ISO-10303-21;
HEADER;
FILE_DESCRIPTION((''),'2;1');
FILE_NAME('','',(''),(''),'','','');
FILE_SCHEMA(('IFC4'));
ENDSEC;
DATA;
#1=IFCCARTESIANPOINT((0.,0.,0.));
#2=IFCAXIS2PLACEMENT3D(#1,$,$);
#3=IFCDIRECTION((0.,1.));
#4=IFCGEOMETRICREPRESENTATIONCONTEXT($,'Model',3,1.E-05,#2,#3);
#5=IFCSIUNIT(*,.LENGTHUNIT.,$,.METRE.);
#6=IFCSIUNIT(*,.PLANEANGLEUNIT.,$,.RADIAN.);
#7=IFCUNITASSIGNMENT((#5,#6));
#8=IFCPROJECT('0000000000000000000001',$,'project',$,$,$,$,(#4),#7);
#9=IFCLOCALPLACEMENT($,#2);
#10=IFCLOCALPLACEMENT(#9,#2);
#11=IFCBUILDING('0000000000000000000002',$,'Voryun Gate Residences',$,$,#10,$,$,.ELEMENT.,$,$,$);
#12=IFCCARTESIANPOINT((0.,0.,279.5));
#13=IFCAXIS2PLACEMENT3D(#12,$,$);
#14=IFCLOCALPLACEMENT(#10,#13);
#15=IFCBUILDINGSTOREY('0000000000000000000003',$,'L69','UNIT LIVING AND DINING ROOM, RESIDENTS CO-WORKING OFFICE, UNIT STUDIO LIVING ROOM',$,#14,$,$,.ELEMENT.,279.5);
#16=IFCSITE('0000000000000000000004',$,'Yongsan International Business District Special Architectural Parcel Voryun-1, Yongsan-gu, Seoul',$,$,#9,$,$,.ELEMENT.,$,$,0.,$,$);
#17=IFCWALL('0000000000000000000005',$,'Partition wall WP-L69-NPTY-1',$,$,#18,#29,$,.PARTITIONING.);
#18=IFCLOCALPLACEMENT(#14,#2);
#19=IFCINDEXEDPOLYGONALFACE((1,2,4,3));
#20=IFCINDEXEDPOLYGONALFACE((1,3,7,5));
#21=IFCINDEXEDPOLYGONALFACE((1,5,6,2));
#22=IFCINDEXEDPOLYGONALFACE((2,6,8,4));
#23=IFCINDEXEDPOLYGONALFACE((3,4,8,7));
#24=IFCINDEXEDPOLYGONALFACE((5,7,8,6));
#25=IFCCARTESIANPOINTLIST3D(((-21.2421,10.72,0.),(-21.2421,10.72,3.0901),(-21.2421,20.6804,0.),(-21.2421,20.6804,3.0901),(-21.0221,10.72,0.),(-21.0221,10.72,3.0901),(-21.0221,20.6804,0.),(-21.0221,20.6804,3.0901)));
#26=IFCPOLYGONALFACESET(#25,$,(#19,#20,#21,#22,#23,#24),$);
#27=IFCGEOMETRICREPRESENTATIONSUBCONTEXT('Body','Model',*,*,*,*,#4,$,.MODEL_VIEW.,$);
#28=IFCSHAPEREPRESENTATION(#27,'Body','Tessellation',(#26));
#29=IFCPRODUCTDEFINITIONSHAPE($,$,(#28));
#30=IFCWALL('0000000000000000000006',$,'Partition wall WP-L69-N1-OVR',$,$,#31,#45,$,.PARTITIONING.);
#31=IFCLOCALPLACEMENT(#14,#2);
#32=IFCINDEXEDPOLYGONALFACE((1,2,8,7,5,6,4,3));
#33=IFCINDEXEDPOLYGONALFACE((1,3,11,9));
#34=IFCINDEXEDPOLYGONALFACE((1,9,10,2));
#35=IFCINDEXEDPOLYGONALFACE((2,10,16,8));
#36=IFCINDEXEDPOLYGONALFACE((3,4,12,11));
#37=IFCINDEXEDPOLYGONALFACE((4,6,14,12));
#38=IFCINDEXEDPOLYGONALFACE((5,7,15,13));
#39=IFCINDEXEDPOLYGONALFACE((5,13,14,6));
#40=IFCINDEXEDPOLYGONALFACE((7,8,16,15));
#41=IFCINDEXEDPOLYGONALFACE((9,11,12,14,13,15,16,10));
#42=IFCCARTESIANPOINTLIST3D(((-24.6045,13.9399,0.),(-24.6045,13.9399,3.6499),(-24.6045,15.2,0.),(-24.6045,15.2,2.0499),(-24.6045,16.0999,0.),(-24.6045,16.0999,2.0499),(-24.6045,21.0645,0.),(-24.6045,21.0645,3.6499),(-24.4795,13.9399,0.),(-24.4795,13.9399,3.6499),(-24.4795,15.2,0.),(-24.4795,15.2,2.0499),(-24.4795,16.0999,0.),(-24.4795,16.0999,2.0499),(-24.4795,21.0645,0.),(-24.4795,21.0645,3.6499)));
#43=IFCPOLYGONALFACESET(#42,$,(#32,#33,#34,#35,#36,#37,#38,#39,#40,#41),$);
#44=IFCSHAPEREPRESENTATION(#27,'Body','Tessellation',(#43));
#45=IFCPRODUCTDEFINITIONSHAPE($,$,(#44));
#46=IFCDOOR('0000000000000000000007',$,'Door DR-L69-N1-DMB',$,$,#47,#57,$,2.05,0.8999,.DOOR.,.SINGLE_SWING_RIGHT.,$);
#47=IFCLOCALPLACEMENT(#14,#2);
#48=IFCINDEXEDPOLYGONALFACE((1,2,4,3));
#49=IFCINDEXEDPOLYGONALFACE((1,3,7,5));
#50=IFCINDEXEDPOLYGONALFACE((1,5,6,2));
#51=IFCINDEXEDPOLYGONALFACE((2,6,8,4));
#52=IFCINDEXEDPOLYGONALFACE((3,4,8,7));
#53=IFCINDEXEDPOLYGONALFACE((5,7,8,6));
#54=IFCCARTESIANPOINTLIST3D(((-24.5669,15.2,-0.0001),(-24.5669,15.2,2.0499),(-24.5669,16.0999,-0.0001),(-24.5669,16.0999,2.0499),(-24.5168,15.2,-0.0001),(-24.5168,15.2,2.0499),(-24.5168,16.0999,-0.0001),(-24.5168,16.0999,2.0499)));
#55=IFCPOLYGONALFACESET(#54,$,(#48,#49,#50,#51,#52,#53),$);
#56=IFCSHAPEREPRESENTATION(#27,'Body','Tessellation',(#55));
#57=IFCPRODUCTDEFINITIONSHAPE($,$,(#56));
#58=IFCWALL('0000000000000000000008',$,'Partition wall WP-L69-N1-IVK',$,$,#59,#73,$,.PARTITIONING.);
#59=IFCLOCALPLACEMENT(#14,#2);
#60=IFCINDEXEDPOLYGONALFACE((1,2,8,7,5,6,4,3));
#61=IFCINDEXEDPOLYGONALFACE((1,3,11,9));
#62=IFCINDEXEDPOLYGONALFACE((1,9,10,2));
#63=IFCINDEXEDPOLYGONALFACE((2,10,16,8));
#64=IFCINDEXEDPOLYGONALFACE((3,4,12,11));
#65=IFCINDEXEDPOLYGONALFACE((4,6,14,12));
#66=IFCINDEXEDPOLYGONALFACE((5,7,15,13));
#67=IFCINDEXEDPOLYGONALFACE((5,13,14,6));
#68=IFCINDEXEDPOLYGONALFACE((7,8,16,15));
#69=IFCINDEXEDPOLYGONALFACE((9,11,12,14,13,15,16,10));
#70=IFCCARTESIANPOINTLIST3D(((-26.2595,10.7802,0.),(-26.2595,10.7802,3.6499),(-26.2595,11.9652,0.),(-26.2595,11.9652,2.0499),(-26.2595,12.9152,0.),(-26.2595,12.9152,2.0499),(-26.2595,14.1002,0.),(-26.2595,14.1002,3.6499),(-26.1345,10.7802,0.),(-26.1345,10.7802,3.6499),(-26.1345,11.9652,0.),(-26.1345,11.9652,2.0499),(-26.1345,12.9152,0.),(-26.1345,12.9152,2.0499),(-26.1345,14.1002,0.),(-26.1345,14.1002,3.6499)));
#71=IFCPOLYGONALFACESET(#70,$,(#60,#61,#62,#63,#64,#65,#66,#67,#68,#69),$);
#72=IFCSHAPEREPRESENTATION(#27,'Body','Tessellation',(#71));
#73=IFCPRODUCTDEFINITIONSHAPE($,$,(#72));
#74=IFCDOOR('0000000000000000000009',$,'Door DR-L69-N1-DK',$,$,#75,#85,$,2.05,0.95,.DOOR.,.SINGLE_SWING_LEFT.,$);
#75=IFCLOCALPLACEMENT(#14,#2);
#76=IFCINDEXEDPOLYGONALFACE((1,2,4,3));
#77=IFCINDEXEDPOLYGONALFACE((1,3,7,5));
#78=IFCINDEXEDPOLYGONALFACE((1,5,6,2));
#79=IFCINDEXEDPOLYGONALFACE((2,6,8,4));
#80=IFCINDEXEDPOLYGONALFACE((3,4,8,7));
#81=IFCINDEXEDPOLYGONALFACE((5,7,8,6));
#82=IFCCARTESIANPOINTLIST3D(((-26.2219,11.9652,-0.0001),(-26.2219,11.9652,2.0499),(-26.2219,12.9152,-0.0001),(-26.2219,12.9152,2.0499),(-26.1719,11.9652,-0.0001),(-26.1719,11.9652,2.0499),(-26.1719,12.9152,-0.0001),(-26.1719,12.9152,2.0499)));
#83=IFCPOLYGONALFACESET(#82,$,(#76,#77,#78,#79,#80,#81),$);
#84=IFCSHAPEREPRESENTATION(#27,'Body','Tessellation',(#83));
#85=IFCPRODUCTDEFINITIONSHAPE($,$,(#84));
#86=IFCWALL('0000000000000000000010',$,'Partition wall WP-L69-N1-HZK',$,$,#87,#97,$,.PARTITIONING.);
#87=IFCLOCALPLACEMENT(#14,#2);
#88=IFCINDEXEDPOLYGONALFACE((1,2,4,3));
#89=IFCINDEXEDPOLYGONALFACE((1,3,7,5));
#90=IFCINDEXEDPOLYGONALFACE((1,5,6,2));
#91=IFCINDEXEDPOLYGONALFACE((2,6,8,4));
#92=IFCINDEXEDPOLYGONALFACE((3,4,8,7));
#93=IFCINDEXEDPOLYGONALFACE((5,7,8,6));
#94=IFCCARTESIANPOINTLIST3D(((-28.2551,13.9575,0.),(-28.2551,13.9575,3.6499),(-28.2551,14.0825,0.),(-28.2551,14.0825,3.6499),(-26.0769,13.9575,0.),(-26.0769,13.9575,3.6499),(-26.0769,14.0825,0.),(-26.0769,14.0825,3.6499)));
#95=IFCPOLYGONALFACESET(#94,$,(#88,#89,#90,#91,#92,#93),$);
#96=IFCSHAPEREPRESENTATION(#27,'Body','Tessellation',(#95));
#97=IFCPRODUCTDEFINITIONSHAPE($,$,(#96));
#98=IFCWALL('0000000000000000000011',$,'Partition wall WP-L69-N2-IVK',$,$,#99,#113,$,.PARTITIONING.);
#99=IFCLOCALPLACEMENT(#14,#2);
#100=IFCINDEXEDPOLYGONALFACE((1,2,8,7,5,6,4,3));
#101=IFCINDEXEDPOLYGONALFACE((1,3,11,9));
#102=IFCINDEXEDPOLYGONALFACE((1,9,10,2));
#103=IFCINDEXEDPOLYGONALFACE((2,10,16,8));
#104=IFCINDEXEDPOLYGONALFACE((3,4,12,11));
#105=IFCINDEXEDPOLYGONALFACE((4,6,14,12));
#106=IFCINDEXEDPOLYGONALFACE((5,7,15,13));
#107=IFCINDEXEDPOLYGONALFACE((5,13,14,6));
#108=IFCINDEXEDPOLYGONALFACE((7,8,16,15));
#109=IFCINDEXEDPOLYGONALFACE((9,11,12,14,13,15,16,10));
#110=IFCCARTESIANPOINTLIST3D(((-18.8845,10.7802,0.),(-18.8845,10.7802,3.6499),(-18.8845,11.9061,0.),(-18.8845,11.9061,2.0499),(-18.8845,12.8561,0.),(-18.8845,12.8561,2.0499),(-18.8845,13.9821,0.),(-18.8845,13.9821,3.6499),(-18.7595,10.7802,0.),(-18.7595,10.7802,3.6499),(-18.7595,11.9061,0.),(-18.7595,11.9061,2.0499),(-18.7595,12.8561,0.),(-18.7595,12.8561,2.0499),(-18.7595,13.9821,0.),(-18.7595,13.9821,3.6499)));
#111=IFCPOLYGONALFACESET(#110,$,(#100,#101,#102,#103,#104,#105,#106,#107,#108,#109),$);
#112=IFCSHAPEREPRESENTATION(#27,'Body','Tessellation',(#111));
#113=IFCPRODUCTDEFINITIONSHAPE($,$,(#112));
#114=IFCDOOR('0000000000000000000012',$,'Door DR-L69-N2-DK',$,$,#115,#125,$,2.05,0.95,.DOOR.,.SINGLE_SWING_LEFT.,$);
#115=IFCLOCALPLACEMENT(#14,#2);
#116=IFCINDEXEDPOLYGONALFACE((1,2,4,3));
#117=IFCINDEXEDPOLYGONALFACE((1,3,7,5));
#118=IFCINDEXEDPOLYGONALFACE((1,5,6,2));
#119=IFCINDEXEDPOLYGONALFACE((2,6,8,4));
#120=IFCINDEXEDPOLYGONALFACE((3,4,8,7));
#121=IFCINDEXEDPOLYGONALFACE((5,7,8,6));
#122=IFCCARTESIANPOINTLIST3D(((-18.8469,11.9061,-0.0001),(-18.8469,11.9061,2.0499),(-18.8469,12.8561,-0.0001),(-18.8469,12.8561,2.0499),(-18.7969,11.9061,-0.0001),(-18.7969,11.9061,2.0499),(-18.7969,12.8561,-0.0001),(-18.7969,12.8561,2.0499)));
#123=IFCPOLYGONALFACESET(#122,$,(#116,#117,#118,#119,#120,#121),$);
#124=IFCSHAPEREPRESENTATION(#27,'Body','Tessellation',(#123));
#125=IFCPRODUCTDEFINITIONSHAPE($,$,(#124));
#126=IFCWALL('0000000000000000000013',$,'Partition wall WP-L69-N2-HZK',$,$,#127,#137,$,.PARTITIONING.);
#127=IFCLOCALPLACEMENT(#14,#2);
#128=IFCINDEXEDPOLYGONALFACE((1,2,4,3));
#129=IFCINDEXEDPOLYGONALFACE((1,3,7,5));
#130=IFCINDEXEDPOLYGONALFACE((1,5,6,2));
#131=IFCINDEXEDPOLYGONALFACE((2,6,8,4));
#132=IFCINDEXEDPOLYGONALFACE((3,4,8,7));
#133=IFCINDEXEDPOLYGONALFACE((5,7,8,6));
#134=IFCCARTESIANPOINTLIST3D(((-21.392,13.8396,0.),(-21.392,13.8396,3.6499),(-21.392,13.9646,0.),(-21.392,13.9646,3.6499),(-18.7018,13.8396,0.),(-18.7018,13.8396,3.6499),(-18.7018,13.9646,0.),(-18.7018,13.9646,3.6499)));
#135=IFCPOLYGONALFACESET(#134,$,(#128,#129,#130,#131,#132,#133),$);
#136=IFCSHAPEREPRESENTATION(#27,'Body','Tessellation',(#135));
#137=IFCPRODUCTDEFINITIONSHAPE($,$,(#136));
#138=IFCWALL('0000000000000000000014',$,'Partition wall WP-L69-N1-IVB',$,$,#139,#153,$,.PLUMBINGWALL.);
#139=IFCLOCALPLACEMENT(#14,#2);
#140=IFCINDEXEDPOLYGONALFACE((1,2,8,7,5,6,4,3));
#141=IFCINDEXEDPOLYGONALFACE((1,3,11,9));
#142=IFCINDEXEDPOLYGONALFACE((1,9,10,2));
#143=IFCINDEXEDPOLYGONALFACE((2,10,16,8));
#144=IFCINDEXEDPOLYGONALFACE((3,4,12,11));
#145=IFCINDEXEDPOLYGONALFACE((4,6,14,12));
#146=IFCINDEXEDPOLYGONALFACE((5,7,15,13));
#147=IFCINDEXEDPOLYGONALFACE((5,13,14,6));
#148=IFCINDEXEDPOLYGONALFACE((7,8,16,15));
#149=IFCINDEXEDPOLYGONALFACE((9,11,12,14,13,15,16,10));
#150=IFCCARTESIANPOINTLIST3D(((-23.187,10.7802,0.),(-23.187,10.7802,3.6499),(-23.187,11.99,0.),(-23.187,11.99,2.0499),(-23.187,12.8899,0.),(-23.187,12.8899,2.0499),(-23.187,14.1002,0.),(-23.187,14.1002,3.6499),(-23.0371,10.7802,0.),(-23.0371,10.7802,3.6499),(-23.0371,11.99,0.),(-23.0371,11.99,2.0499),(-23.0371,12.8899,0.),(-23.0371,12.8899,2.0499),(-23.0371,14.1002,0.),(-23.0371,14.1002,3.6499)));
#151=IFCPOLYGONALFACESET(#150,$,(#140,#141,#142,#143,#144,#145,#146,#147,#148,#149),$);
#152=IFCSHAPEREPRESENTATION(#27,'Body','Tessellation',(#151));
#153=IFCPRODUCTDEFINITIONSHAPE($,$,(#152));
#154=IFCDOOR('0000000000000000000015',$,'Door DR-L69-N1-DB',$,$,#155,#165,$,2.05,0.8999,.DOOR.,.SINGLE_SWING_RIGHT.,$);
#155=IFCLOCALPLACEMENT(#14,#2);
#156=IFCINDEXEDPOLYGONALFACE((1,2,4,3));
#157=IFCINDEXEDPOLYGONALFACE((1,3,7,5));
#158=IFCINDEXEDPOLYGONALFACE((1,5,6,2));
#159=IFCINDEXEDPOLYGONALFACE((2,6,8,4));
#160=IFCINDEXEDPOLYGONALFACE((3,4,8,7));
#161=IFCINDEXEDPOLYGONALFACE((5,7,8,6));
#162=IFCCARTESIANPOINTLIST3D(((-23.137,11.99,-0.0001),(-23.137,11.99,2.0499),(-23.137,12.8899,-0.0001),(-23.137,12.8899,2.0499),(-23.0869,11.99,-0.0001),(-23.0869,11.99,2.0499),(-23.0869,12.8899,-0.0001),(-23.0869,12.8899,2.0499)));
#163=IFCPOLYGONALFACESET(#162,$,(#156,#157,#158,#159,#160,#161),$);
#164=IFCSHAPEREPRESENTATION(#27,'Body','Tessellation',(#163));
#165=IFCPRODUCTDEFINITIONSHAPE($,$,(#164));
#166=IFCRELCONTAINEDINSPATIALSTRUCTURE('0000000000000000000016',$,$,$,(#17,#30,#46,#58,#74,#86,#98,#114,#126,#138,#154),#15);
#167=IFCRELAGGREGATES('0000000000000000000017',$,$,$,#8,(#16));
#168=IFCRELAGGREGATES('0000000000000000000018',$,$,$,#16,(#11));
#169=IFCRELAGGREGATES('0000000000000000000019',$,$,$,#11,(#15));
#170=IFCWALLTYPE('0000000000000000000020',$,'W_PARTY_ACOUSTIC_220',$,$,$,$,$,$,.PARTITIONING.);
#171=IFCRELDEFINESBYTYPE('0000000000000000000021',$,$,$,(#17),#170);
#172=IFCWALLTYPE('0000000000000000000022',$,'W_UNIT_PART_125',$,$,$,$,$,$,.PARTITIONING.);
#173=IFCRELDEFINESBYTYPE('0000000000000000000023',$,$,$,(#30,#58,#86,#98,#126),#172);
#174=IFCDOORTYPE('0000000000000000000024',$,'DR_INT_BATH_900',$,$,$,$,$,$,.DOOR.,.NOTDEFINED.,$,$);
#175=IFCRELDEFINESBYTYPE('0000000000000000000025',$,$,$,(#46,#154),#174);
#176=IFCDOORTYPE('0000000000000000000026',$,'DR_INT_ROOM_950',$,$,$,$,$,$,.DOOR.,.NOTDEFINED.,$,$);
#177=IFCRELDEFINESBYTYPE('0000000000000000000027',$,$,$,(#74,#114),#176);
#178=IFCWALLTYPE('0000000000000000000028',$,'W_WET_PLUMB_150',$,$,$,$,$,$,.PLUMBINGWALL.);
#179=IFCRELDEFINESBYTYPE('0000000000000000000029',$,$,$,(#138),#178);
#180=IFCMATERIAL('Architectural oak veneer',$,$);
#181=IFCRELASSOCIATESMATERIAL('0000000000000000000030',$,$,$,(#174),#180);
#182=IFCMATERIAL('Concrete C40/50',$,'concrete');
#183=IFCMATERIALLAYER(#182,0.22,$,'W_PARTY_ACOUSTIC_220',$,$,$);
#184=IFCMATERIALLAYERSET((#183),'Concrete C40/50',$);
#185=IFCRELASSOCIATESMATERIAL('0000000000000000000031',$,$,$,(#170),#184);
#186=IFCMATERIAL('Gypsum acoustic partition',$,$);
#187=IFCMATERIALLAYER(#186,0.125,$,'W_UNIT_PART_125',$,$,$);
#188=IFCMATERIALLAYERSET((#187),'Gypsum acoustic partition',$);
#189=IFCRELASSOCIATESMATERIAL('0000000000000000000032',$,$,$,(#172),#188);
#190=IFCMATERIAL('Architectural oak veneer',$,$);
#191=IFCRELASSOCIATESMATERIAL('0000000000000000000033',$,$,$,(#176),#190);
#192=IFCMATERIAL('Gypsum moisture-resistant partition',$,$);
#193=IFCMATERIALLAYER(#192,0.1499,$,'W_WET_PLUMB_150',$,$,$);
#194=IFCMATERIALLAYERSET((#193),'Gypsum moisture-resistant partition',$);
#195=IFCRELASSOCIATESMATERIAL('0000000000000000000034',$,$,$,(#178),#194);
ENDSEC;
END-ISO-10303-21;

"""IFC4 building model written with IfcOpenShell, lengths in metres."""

from ifc_helpers import new_model, si_unit, direction, frame, frame_2d, origin, place, context, subcontext, project, spatial, rectangle, extrude, material, layer, layer_set, type_object, element, fill, save


model = new_model("IFC4")

# Units and contexts
model_context = context("Model", 3, precision=1e-05, world=origin(), true_north=direction((0.0, 1.0)))
body_context = subcontext(model_context, "Body", "Model", "MODEL_VIEW")
ifc_project = project(units=[si_unit("LENGTHUNIT", "METRE"), si_unit("PLANEANGLEUNIT", "RADIAN")], contexts=[model_context])

# Site, building, storey
site_placement = place(None, origin())
site = spatial("IfcSite", under=ifc_project, at=site_placement, Name="Yongsan International Business District Special Architectural Parcel Voryun-1, Yongsan-gu, Seoul", CompositionType="ELEMENT", RefElevation=0.0)
building_placement = place(site_placement, origin())
building = spatial("IfcBuilding", under=site, at=building_placement, Name="Voryun Gate Residences", CompositionType="ELEMENT")
storey_placement = place(building_placement, frame((0.0, 0.0, 279.5)))
storey = spatial("IfcBuildingStorey", under=building, at=storey_placement, Name="L69", Description="UNIT LIVING AND DINING ROOM, RESIDENTS CO-WORKING OFFICE, UNIT STUDIO LIVING ROOM", CompositionType="ELEMENT", Elevation=279.5)

# Shared definitions
ifc_material_1 = material(Name="Architectural oak veneer")
door_type_1 = type_object("IfcDoorType", Name="DR_INT_BATH_900", OperationType="NOTDEFINED", PredefinedType="DOOR", material=ifc_material_1)

# Wall
ifc_material_2 = material(Name="Concrete C40/50", Category="concrete")
ifc_layer_1 = layer(ifc_material_2, 0.22, Name="W_PARTY_ACOUSTIC_220")
ifc_layer_set_1 = layer_set([ifc_layer_1], Name="Concrete C40/50")
wall_type_1 = type_object("IfcWallType", Name="W_PARTY_ACOUSTIC_220", PredefinedType="PARTITIONING", material=ifc_layer_set_1)
wall_1_placement = place(storey_placement, frame((-21.1321, 10.72, 0.0), z_axis=(0.0, 0.0, 1.0), x_axis=(0.0, 1.0, 0.0)))
element("IfcWall", 1, at=wall_1_placement, inside=storey, type_object=wall_type_1, Name="Partition wall WP-L69-NPTY-1", PredefinedType="PARTITIONING", context=body_context, shape_type="SweptSolid", body=[
    extrude(rectangle(XDim=9.9604, YDim=0.22, at=frame_2d((4.9802, 0.0))), origin(), (0.0, 0.0, 1.0), 3.0901),
])

# Walls, openings, doors
ifc_material_3 = material(Name="Gypsum acoustic partition")
ifc_layer_2 = layer(ifc_material_3, 0.125, Name="W_UNIT_PART_125")
ifc_layer_set_2 = layer_set([ifc_layer_2], Name="Gypsum acoustic partition")
wall_type_2 = type_object("IfcWallType", Name="W_UNIT_PART_125", PredefinedType="PARTITIONING", material=ifc_layer_set_2)
wall_2_placement = place(storey_placement, frame((-24.542, 13.9399, 0.0), z_axis=(0.0, 0.0, 1.0), x_axis=(0.0, 1.0, 0.0)))
wall_2 = element("IfcWall", 2, at=wall_2_placement, inside=storey, type_object=wall_type_2, Name="Partition wall WP-L69-N1-OVR", PredefinedType="PARTITIONING", context=body_context, shape_type="SweptSolid", body=[
    extrude(rectangle(XDim=7.1245, YDim=0.125, at=frame_2d((3.5623, 0.0))), origin(), (0.0, 0.0, 1.0), 3.6499),
])
opening_1_placement = place(wall_2_placement, frame((1.26, 0.0, 0.0)))
opening_1 = element("IfcOpeningElement", 3, at=opening_1_placement, cuts=wall_2, PredefinedType="OPENING", context=body_context, shape_type="SweptSolid", body=[
    extrude(rectangle(XDim=0.8999, YDim=2.05, at=frame_2d((0.45, 1.0249))), frame((0.0, 0.0725, 0.0), z_axis=(0.0, -1.0, 0.0), x_axis=(1.0, 0.0, 0.0)), (0.0, 0.0, 1.0), 0.145),
])
door_1_placement = place(opening_1_placement, origin())
door_1 = element("IfcDoor", 4, at=door_1_placement, inside=storey, type_object=door_type_1, Name="Door DR-L69-N1-DMB", OperationType="SINGLE_SWING_RIGHT", OverallHeight=2.05, OverallWidth=0.8999, PredefinedType="DOOR", context=body_context, shape_type="SweptSolid", body=[
    extrude(rectangle(XDim=0.8999, YDim=2.05, at=frame_2d((0.45, 1.0249))), frame((0.0, 0.0249, 0.0), z_axis=(0.0, -1.0, 0.0), x_axis=(1.0, 0.0, 0.0)), (0.0, 0.0, 1.0), 0.05),
])
fill(opening_1, door_1)
wall_3_placement = place(storey_placement, frame((-26.197, 10.78, 0.0), z_axis=(0.0, 0.0, 1.0), x_axis=(0.0, 1.0, 0.0)))
wall_3 = element("IfcWall", 5, at=wall_3_placement, inside=storey, type_object=wall_type_2, Name="Partition wall WP-L69-N1-IVK", PredefinedType="PARTITIONING", context=body_context, shape_type="SweptSolid", body=[
    extrude(rectangle(XDim=3.3201, YDim=0.125, at=frame_2d((1.6602, 0.0))), origin(), (0.0, 0.0, 1.0), 3.6499),
])
opening_2_placement = place(wall_3_placement, frame((1.1851, 0.0, 0.0)))
opening_2 = element("IfcOpeningElement", 6, at=opening_2_placement, cuts=wall_3, PredefinedType="OPENING", context=body_context, shape_type="SweptSolid", body=[
    extrude(rectangle(XDim=0.95, YDim=2.05, at=frame_2d((0.4751, 1.0249))), frame((0.0, 0.0725, 0.0), z_axis=(0.0, -1.0, 0.0), x_axis=(1.0, 0.0, 0.0)), (0.0, 0.0, 1.0), 0.145),
])
ifc_material_4 = material(Name="Architectural oak veneer")
door_type_2 = type_object("IfcDoorType", Name="DR_INT_ROOM_950", OperationType="NOTDEFINED", PredefinedType="DOOR", material=ifc_material_4)
door_2_placement = place(opening_2_placement, origin())
door_2 = element("IfcDoor", 7, at=door_2_placement, inside=storey, type_object=door_type_2, Name="Door DR-L69-N1-DK", OperationType="SINGLE_SWING_LEFT", OverallHeight=2.05, OverallWidth=0.95, PredefinedType="DOOR", context=body_context, shape_type="SweptSolid", body=[
    extrude(rectangle(XDim=0.95, YDim=2.05, at=frame_2d((0.4751, 1.0249))), frame((0.0, 0.0249, 0.0), z_axis=(0.0, -1.0, 0.0), x_axis=(1.0, 0.0, 0.0)), (0.0, 0.0, 1.0), 0.05),
])
fill(opening_2, door_2)

# Wall
wall_4_placement = place(storey_placement, frame((-28.2551, 14.02, 0.0), z_axis=(0.0, 0.0, 1.0), x_axis=(1.0, 0.0, 0.0)))
element("IfcWall", 8, at=wall_4_placement, inside=storey, type_object=wall_type_2, Name="Partition wall WP-L69-N1-HZK", PredefinedType="PARTITIONING", context=body_context, shape_type="SweptSolid", body=[
    extrude(rectangle(XDim=2.1782, YDim=0.125, at=frame_2d((1.0891, 0.0))), origin(), (0.0, 0.0, 1.0), 3.6499),
])

# Wall, opening, door
wall_5_placement = place(storey_placement, frame((-18.822, 10.78, 0.0), z_axis=(0.0, 0.0, 1.0), x_axis=(0.0, 1.0, 0.0)))
wall_5 = element("IfcWall", 9, at=wall_5_placement, inside=storey, type_object=wall_type_2, Name="Partition wall WP-L69-N2-IVK", PredefinedType="PARTITIONING", context=body_context, shape_type="SweptSolid", body=[
    extrude(rectangle(XDim=3.2019, YDim=0.125, at=frame_2d((1.6011, 0.0))), origin(), (0.0, 0.0, 1.0), 3.6499),
])
opening_3_placement = place(wall_5_placement, frame((1.126, 0.0, 0.0)))
opening_3 = element("IfcOpeningElement", 10, at=opening_3_placement, cuts=wall_5, PredefinedType="OPENING", context=body_context, shape_type="SweptSolid", body=[
    extrude(rectangle(XDim=0.95, YDim=2.05, at=frame_2d((0.4751, 1.0249))), frame((0.0, 0.0725, 0.0), z_axis=(0.0, -1.0, 0.0), x_axis=(1.0, 0.0, 0.0)), (0.0, 0.0, 1.0), 0.145),
])
door_3_placement = place(opening_3_placement, origin())
door_3 = element("IfcDoor", 11, at=door_3_placement, inside=storey, type_object=door_type_2, Name="Door DR-L69-N2-DK", OperationType="SINGLE_SWING_LEFT", OverallHeight=2.05, OverallWidth=0.95, PredefinedType="DOOR", context=body_context, shape_type="SweptSolid", body=[
    extrude(rectangle(XDim=0.95, YDim=2.05, at=frame_2d((0.4751, 1.0249))), frame((0.0, 0.0249, 0.0), z_axis=(0.0, -1.0, 0.0), x_axis=(1.0, 0.0, 0.0)), (0.0, 0.0, 1.0), 0.05),
])
fill(opening_3, door_3)

# Wall
wall_6_placement = place(storey_placement, frame((-21.3921, 13.9021, 0.0), z_axis=(0.0, 0.0, 1.0), x_axis=(1.0, 0.0, 0.0)))
element("IfcWall", 12, at=wall_6_placement, inside=storey, type_object=wall_type_2, Name="Partition wall WP-L69-N2-HZK", PredefinedType="PARTITIONING", context=body_context, shape_type="SweptSolid", body=[
    extrude(rectangle(XDim=2.6902, YDim=0.125, at=frame_2d((1.3452, 0.0))), origin(), (0.0, 0.0, 1.0), 3.6499),
])

# Wall, opening, door
ifc_material_5 = material(Name="Gypsum moisture-resistant partition")
ifc_layer_3 = layer(ifc_material_5, 0.1499, Name="W_WET_PLUMB_150")
ifc_layer_set_3 = layer_set([ifc_layer_3], Name="Gypsum moisture-resistant partition")
wall_type_3 = type_object("IfcWallType", Name="W_WET_PLUMB_150", PredefinedType="PLUMBINGWALL", material=ifc_layer_set_3)
wall_7_placement = place(storey_placement, frame((-23.1121, 10.78, 0.0), z_axis=(0.0, 0.0, 1.0), x_axis=(0.0, 1.0, 0.0)))
wall_7 = element("IfcWall", 13, at=wall_7_placement, inside=storey, type_object=wall_type_3, Name="Partition wall WP-L69-N1-IVB", PredefinedType="PLUMBINGWALL", context=body_context, shape_type="SweptSolid", body=[
    extrude(rectangle(XDim=3.3201, YDim=0.1499, at=frame_2d((1.6602, 0.0))), origin(), (0.0, 0.0, 1.0), 3.6499),
])
opening_4_placement = place(wall_7_placement, frame((1.21, 0.0, 0.0)))
opening_4 = element("IfcOpeningElement", 14, at=opening_4_placement, cuts=wall_7, PredefinedType="OPENING", context=body_context, shape_type="SweptSolid", body=[
    extrude(rectangle(XDim=0.8999, YDim=2.05, at=frame_2d((0.45, 1.0249))), frame((0.0, 0.085, 0.0), z_axis=(0.0, -1.0, 0.0), x_axis=(1.0, 0.0, 0.0)), (0.0, 0.0, 1.0), 0.1699),
])
door_4_placement = place(opening_4_placement, origin())
door_4 = element("IfcDoor", 15, at=door_4_placement, inside=storey, type_object=door_type_1, Name="Door DR-L69-N1-DB", OperationType="SINGLE_SWING_RIGHT", OverallHeight=2.05, OverallWidth=0.8999, PredefinedType="DOOR", context=body_context, shape_type="SweptSolid", body=[
    extrude(rectangle(XDim=0.8999, YDim=2.05, at=frame_2d((0.45, 1.0249))), frame((0.0, 0.0249, 0.0), z_axis=(0.0, -1.0, 0.0), x_axis=(1.0, 0.0, 0.0)), (0.0, 0.0, 1.0), 0.05),
])
fill(opening_4, door_4)

save(model, "model.ifc")
